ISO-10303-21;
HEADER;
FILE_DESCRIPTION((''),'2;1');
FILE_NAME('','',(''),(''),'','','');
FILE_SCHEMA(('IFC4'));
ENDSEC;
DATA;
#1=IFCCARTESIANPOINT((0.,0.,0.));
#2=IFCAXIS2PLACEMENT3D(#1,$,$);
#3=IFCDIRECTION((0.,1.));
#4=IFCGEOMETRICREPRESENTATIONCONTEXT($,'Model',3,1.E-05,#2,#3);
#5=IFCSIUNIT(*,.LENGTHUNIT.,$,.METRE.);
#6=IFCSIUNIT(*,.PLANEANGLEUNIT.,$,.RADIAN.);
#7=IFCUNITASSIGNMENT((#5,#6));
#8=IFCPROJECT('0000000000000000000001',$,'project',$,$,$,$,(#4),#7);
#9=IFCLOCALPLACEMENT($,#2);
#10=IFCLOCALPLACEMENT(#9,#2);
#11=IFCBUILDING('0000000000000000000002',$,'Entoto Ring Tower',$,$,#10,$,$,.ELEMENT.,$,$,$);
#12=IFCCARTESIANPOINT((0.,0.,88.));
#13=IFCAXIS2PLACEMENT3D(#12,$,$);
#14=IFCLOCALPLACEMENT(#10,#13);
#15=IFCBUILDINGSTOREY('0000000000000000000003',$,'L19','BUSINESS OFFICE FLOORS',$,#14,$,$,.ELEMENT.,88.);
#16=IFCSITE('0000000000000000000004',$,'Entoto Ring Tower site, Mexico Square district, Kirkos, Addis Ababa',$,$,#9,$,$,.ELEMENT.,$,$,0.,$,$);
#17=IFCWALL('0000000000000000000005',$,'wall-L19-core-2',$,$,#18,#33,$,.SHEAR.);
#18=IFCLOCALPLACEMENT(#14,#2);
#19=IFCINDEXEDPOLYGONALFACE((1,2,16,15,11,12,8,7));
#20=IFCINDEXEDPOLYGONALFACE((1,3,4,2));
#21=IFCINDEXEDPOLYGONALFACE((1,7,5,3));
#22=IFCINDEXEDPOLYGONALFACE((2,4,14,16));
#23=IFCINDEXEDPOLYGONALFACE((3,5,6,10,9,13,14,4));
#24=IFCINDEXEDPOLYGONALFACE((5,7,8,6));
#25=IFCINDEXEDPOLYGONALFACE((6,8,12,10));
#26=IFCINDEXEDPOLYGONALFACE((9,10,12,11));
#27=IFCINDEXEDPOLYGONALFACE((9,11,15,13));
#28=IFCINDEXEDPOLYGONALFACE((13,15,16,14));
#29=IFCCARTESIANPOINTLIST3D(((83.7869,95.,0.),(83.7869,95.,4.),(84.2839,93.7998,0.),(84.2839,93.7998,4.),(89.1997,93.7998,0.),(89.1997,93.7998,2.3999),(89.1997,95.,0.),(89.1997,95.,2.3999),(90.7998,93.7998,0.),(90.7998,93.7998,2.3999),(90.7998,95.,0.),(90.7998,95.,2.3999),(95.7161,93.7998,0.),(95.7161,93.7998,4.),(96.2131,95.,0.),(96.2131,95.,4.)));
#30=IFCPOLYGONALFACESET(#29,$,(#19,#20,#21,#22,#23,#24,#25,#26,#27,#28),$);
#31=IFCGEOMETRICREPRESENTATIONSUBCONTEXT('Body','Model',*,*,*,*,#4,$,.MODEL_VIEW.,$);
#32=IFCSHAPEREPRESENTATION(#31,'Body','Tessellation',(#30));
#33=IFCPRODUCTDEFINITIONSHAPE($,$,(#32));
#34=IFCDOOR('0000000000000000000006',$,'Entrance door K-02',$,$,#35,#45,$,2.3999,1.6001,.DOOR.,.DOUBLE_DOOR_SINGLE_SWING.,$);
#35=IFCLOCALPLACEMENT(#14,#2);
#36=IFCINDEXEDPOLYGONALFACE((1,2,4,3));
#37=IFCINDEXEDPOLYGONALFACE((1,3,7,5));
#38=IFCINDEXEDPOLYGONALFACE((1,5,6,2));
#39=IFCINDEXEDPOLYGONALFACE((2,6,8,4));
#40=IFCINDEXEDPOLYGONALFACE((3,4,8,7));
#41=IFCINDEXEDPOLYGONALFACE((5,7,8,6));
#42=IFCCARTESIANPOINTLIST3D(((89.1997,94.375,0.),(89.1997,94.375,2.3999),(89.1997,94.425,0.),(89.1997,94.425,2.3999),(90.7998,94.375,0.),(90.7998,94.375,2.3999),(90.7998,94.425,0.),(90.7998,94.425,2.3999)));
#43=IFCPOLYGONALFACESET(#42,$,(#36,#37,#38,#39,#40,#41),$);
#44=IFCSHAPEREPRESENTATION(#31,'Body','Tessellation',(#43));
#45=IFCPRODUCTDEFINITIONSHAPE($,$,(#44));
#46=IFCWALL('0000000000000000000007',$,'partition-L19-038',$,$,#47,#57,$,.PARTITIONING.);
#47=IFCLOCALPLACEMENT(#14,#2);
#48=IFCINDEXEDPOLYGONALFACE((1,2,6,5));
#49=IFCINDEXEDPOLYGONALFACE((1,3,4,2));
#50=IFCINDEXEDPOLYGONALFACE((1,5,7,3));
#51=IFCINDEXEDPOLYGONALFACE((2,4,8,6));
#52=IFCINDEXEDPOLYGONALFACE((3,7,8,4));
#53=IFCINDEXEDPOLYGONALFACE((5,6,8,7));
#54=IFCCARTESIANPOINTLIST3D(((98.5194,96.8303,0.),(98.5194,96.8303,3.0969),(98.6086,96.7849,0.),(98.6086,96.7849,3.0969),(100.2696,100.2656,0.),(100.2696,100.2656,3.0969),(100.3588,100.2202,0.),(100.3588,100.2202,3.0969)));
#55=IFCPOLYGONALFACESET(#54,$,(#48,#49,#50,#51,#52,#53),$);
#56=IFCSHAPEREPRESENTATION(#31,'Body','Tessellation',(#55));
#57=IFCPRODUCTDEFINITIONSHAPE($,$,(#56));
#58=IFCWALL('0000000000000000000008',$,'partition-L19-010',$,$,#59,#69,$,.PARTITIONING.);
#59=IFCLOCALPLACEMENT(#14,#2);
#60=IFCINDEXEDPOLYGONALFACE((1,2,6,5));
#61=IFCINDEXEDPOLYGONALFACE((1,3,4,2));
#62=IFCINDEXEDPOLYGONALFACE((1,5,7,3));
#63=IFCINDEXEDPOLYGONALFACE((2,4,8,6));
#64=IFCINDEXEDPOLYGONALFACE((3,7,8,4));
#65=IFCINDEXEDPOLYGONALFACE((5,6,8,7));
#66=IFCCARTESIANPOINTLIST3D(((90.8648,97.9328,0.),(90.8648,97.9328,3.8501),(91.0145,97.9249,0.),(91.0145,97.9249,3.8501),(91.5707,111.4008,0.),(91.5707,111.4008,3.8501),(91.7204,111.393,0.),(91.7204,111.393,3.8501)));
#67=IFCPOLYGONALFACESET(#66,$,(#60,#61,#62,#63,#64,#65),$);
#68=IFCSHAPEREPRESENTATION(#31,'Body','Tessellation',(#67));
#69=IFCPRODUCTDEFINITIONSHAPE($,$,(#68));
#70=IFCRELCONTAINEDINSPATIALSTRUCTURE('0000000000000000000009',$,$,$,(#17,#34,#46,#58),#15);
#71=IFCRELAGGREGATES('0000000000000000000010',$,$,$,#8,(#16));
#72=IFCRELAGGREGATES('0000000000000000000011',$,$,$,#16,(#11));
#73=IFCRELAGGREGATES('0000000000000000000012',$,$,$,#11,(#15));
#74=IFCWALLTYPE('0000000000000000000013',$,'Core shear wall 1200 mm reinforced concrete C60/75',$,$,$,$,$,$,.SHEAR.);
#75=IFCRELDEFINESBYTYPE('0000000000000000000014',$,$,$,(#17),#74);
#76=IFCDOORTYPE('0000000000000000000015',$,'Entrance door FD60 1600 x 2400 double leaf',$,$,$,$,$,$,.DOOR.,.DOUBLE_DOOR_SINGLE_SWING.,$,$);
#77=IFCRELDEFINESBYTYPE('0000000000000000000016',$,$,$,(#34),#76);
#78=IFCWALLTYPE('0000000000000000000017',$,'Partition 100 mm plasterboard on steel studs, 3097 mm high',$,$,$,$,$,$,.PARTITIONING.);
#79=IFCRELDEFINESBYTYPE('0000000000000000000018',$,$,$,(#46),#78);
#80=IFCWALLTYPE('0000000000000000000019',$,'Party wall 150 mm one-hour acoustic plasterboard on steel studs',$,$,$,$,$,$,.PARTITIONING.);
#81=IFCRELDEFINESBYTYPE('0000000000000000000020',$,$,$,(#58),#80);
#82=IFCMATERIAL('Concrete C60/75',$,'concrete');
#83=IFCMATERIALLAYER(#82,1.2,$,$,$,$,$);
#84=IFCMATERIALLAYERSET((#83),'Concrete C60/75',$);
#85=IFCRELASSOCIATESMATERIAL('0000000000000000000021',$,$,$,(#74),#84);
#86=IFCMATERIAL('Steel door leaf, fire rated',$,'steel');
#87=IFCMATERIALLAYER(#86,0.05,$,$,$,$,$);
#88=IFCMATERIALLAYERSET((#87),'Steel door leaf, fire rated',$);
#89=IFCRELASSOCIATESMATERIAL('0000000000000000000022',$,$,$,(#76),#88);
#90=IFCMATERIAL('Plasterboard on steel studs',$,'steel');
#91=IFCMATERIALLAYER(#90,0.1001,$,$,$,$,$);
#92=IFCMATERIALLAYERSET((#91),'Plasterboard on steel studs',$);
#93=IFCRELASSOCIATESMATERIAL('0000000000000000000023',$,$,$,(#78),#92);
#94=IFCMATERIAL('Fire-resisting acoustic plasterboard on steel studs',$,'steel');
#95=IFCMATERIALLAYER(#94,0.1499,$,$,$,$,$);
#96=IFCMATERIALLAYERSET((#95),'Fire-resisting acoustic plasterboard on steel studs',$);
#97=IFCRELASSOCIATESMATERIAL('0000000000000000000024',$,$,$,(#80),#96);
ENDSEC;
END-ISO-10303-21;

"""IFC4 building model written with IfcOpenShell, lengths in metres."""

from ifc_helpers import new_model, si_unit, direction, frame, frame_2d, origin, place, context, subcontext, project, spatial, polyline, rectangle, outline, extrude, material, layer, layer_set, type_object, element, fill, save


model = new_model("IFC4")

# Units and contexts
model_context = context("Model", 3, precision=1e-05, world=origin(), true_north=direction((0.0, 1.0)))
body_context = subcontext(model_context, "Body", "Model", "MODEL_VIEW")
ifc_project = project(units=[si_unit("LENGTHUNIT", "METRE"), si_unit("PLANEANGLEUNIT", "RADIAN")], contexts=[model_context])

# Site, building, storey
site_placement = place(None, origin())
site = spatial("IfcSite", under=ifc_project, at=site_placement, Name="Entoto Ring Tower site, Mexico Square district, Kirkos, Addis Ababa", CompositionType="ELEMENT", RefElevation=0.0)
building_placement = place(site_placement, origin())
building = spatial("IfcBuilding", under=site, at=building_placement, Name="Entoto Ring Tower", CompositionType="ELEMENT")
storey_placement = place(building_placement, frame((0.0, 0.0, 88.0)))
storey = spatial("IfcBuildingStorey", under=building, at=storey_placement, Name="L19", Description="BUSINESS OFFICE FLOORS", CompositionType="ELEMENT", Elevation=88.0)

# Wall, opening, door
ifc_material_1 = material(Name="Concrete C60/75", Category="concrete")
ifc_layer_1 = layer(ifc_material_1, 1.2)
ifc_layer_set_1 = layer_set([ifc_layer_1], Name="Concrete C60/75")
wall_type_1 = type_object("IfcWallType", Name="Core shear wall 1200 mm reinforced concrete C60/75", PredefinedType="SHEAR", material=ifc_layer_set_1)
wall_1_placement = place(storey_placement, frame((95.9646, 94.3999, 0.0), z_axis=(0.0, 0.0, 1.0), x_axis=(-1.0, 0.0, 0.0)))
wall_1 = element("IfcWall", 1, at=wall_1_placement, inside=storey, type_object=wall_type_1, Name="wall-L19-core-2", PredefinedType="SHEAR", context=body_context, shape_type="SweptSolid", body=[
    extrude(outline(polyline([(-0.2485, -0.6001), (12.1777, -0.6001), (11.6807, 0.6001), (0.2485, 0.6001), (-0.2485, -0.6001)])), origin(), (0.0, 0.0, 1.0), 4.0),
])
opening_1_placement = place(wall_1_placement, frame((5.1648, 0.0, 0.0)))
opening_1 = element("IfcOpeningElement", 2, at=opening_1_placement, cuts=wall_1, PredefinedType="OPENING", context=body_context, shape_type="SweptSolid", body=[
    extrude(rectangle(XDim=1.6001, YDim=2.3999, at=frame_2d((0.8, 1.2))), frame((0.0, 0.6099, 0.0), z_axis=(0.0, -1.0, 0.0), x_axis=(1.0, 0.0, 0.0)), (0.0, 0.0, 1.0), 1.22),
])
ifc_material_2 = material(Name="Steel door leaf, fire rated", Category="steel")
ifc_layer_2 = layer(ifc_material_2, 0.05)
ifc_layer_set_2 = layer_set([ifc_layer_2], Name="Steel door leaf, fire rated")
door_type_1 = type_object("IfcDoorType", Name="Entrance door FD60 1600 x 2400 double leaf", OperationType="DOUBLE_DOOR_SINGLE_SWING", PredefinedType="DOOR", material=ifc_layer_set_2)
door_1_placement = place(opening_1_placement, origin())
door_1 = element("IfcDoor", 3, at=door_1_placement, inside=storey, type_object=door_type_1, Name="Entrance door K-02", OperationType="DOUBLE_DOOR_SINGLE_SWING", OverallHeight=2.3999, OverallWidth=1.6001, PredefinedType="DOOR", context=body_context, shape_type="SweptSolid", body=[
    extrude(rectangle(XDim=1.6001, YDim=2.3999, at=frame_2d((0.8, 1.2))), frame((0.0, 0.0249, 0.0), z_axis=(0.0, -1.0, 0.0), x_axis=(1.0, 0.0, 0.0)), (0.0, 0.0, 1.0), 0.05),
])
fill(opening_1, door_1)

# Walls
ifc_material_3 = material(Name="Plasterboard on steel studs", Category="steel")
ifc_layer_3 = layer(ifc_material_3, 0.1001)
ifc_layer_set_3 = layer_set([ifc_layer_3], Name="Plasterboard on steel studs")
wall_type_2 = type_object("IfcWallType", Name="Partition 100 mm plasterboard on steel studs, 3097 mm high", PredefinedType="PARTITIONING", material=ifc_layer_set_3)
wall_2_placement = place(storey_placement, frame((98.564, 96.8076, 0.0), z_axis=(0.0, 0.0, 1.0), x_axis=(0.453964, 0.89102, 0.0)))
element("IfcWall", 4, at=wall_2_placement, inside=storey, type_object=wall_type_2, Name="partition-L19-038", PredefinedType="PARTITIONING", context=body_context, shape_type="SweptSolid", body=[
    extrude(rectangle(XDim=3.8555, YDim=0.1001, at=frame_2d((1.9277, 0.0))), origin(), (0.0, 0.0, 1.0), 3.0969),
])
ifc_material_4 = material(Name="Fire-resisting acoustic plasterboard on steel studs", Category="steel")
ifc_layer_4 = layer(ifc_material_4, 0.1499)
ifc_layer_set_4 = layer_set([ifc_layer_4], Name="Fire-resisting acoustic plasterboard on steel studs")
wall_type_3 = type_object("IfcWallType", Name="Party wall 150 mm one-hour acoustic plasterboard on steel studs", PredefinedType="PARTITIONING", material=ifc_layer_set_4)
wall_3_placement = place(storey_placement, frame((90.9397, 97.929, 0.0), z_axis=(0.0, 0.0, 1.0), x_axis=(0.052335, 0.99863, 0.0)))
element("IfcWall", 5, at=wall_3_placement, inside=storey, type_object=wall_type_3, Name="partition-L19-010", PredefinedType="PARTITIONING", context=body_context, shape_type="SweptSolid", body=[
    extrude(rectangle(XDim=13.4866, YDim=0.1499, at=frame_2d((6.7432, 0.0))), origin(), (0.0, 0.0, 1.0), 3.8501),
])

save(model, "model.ifc")
